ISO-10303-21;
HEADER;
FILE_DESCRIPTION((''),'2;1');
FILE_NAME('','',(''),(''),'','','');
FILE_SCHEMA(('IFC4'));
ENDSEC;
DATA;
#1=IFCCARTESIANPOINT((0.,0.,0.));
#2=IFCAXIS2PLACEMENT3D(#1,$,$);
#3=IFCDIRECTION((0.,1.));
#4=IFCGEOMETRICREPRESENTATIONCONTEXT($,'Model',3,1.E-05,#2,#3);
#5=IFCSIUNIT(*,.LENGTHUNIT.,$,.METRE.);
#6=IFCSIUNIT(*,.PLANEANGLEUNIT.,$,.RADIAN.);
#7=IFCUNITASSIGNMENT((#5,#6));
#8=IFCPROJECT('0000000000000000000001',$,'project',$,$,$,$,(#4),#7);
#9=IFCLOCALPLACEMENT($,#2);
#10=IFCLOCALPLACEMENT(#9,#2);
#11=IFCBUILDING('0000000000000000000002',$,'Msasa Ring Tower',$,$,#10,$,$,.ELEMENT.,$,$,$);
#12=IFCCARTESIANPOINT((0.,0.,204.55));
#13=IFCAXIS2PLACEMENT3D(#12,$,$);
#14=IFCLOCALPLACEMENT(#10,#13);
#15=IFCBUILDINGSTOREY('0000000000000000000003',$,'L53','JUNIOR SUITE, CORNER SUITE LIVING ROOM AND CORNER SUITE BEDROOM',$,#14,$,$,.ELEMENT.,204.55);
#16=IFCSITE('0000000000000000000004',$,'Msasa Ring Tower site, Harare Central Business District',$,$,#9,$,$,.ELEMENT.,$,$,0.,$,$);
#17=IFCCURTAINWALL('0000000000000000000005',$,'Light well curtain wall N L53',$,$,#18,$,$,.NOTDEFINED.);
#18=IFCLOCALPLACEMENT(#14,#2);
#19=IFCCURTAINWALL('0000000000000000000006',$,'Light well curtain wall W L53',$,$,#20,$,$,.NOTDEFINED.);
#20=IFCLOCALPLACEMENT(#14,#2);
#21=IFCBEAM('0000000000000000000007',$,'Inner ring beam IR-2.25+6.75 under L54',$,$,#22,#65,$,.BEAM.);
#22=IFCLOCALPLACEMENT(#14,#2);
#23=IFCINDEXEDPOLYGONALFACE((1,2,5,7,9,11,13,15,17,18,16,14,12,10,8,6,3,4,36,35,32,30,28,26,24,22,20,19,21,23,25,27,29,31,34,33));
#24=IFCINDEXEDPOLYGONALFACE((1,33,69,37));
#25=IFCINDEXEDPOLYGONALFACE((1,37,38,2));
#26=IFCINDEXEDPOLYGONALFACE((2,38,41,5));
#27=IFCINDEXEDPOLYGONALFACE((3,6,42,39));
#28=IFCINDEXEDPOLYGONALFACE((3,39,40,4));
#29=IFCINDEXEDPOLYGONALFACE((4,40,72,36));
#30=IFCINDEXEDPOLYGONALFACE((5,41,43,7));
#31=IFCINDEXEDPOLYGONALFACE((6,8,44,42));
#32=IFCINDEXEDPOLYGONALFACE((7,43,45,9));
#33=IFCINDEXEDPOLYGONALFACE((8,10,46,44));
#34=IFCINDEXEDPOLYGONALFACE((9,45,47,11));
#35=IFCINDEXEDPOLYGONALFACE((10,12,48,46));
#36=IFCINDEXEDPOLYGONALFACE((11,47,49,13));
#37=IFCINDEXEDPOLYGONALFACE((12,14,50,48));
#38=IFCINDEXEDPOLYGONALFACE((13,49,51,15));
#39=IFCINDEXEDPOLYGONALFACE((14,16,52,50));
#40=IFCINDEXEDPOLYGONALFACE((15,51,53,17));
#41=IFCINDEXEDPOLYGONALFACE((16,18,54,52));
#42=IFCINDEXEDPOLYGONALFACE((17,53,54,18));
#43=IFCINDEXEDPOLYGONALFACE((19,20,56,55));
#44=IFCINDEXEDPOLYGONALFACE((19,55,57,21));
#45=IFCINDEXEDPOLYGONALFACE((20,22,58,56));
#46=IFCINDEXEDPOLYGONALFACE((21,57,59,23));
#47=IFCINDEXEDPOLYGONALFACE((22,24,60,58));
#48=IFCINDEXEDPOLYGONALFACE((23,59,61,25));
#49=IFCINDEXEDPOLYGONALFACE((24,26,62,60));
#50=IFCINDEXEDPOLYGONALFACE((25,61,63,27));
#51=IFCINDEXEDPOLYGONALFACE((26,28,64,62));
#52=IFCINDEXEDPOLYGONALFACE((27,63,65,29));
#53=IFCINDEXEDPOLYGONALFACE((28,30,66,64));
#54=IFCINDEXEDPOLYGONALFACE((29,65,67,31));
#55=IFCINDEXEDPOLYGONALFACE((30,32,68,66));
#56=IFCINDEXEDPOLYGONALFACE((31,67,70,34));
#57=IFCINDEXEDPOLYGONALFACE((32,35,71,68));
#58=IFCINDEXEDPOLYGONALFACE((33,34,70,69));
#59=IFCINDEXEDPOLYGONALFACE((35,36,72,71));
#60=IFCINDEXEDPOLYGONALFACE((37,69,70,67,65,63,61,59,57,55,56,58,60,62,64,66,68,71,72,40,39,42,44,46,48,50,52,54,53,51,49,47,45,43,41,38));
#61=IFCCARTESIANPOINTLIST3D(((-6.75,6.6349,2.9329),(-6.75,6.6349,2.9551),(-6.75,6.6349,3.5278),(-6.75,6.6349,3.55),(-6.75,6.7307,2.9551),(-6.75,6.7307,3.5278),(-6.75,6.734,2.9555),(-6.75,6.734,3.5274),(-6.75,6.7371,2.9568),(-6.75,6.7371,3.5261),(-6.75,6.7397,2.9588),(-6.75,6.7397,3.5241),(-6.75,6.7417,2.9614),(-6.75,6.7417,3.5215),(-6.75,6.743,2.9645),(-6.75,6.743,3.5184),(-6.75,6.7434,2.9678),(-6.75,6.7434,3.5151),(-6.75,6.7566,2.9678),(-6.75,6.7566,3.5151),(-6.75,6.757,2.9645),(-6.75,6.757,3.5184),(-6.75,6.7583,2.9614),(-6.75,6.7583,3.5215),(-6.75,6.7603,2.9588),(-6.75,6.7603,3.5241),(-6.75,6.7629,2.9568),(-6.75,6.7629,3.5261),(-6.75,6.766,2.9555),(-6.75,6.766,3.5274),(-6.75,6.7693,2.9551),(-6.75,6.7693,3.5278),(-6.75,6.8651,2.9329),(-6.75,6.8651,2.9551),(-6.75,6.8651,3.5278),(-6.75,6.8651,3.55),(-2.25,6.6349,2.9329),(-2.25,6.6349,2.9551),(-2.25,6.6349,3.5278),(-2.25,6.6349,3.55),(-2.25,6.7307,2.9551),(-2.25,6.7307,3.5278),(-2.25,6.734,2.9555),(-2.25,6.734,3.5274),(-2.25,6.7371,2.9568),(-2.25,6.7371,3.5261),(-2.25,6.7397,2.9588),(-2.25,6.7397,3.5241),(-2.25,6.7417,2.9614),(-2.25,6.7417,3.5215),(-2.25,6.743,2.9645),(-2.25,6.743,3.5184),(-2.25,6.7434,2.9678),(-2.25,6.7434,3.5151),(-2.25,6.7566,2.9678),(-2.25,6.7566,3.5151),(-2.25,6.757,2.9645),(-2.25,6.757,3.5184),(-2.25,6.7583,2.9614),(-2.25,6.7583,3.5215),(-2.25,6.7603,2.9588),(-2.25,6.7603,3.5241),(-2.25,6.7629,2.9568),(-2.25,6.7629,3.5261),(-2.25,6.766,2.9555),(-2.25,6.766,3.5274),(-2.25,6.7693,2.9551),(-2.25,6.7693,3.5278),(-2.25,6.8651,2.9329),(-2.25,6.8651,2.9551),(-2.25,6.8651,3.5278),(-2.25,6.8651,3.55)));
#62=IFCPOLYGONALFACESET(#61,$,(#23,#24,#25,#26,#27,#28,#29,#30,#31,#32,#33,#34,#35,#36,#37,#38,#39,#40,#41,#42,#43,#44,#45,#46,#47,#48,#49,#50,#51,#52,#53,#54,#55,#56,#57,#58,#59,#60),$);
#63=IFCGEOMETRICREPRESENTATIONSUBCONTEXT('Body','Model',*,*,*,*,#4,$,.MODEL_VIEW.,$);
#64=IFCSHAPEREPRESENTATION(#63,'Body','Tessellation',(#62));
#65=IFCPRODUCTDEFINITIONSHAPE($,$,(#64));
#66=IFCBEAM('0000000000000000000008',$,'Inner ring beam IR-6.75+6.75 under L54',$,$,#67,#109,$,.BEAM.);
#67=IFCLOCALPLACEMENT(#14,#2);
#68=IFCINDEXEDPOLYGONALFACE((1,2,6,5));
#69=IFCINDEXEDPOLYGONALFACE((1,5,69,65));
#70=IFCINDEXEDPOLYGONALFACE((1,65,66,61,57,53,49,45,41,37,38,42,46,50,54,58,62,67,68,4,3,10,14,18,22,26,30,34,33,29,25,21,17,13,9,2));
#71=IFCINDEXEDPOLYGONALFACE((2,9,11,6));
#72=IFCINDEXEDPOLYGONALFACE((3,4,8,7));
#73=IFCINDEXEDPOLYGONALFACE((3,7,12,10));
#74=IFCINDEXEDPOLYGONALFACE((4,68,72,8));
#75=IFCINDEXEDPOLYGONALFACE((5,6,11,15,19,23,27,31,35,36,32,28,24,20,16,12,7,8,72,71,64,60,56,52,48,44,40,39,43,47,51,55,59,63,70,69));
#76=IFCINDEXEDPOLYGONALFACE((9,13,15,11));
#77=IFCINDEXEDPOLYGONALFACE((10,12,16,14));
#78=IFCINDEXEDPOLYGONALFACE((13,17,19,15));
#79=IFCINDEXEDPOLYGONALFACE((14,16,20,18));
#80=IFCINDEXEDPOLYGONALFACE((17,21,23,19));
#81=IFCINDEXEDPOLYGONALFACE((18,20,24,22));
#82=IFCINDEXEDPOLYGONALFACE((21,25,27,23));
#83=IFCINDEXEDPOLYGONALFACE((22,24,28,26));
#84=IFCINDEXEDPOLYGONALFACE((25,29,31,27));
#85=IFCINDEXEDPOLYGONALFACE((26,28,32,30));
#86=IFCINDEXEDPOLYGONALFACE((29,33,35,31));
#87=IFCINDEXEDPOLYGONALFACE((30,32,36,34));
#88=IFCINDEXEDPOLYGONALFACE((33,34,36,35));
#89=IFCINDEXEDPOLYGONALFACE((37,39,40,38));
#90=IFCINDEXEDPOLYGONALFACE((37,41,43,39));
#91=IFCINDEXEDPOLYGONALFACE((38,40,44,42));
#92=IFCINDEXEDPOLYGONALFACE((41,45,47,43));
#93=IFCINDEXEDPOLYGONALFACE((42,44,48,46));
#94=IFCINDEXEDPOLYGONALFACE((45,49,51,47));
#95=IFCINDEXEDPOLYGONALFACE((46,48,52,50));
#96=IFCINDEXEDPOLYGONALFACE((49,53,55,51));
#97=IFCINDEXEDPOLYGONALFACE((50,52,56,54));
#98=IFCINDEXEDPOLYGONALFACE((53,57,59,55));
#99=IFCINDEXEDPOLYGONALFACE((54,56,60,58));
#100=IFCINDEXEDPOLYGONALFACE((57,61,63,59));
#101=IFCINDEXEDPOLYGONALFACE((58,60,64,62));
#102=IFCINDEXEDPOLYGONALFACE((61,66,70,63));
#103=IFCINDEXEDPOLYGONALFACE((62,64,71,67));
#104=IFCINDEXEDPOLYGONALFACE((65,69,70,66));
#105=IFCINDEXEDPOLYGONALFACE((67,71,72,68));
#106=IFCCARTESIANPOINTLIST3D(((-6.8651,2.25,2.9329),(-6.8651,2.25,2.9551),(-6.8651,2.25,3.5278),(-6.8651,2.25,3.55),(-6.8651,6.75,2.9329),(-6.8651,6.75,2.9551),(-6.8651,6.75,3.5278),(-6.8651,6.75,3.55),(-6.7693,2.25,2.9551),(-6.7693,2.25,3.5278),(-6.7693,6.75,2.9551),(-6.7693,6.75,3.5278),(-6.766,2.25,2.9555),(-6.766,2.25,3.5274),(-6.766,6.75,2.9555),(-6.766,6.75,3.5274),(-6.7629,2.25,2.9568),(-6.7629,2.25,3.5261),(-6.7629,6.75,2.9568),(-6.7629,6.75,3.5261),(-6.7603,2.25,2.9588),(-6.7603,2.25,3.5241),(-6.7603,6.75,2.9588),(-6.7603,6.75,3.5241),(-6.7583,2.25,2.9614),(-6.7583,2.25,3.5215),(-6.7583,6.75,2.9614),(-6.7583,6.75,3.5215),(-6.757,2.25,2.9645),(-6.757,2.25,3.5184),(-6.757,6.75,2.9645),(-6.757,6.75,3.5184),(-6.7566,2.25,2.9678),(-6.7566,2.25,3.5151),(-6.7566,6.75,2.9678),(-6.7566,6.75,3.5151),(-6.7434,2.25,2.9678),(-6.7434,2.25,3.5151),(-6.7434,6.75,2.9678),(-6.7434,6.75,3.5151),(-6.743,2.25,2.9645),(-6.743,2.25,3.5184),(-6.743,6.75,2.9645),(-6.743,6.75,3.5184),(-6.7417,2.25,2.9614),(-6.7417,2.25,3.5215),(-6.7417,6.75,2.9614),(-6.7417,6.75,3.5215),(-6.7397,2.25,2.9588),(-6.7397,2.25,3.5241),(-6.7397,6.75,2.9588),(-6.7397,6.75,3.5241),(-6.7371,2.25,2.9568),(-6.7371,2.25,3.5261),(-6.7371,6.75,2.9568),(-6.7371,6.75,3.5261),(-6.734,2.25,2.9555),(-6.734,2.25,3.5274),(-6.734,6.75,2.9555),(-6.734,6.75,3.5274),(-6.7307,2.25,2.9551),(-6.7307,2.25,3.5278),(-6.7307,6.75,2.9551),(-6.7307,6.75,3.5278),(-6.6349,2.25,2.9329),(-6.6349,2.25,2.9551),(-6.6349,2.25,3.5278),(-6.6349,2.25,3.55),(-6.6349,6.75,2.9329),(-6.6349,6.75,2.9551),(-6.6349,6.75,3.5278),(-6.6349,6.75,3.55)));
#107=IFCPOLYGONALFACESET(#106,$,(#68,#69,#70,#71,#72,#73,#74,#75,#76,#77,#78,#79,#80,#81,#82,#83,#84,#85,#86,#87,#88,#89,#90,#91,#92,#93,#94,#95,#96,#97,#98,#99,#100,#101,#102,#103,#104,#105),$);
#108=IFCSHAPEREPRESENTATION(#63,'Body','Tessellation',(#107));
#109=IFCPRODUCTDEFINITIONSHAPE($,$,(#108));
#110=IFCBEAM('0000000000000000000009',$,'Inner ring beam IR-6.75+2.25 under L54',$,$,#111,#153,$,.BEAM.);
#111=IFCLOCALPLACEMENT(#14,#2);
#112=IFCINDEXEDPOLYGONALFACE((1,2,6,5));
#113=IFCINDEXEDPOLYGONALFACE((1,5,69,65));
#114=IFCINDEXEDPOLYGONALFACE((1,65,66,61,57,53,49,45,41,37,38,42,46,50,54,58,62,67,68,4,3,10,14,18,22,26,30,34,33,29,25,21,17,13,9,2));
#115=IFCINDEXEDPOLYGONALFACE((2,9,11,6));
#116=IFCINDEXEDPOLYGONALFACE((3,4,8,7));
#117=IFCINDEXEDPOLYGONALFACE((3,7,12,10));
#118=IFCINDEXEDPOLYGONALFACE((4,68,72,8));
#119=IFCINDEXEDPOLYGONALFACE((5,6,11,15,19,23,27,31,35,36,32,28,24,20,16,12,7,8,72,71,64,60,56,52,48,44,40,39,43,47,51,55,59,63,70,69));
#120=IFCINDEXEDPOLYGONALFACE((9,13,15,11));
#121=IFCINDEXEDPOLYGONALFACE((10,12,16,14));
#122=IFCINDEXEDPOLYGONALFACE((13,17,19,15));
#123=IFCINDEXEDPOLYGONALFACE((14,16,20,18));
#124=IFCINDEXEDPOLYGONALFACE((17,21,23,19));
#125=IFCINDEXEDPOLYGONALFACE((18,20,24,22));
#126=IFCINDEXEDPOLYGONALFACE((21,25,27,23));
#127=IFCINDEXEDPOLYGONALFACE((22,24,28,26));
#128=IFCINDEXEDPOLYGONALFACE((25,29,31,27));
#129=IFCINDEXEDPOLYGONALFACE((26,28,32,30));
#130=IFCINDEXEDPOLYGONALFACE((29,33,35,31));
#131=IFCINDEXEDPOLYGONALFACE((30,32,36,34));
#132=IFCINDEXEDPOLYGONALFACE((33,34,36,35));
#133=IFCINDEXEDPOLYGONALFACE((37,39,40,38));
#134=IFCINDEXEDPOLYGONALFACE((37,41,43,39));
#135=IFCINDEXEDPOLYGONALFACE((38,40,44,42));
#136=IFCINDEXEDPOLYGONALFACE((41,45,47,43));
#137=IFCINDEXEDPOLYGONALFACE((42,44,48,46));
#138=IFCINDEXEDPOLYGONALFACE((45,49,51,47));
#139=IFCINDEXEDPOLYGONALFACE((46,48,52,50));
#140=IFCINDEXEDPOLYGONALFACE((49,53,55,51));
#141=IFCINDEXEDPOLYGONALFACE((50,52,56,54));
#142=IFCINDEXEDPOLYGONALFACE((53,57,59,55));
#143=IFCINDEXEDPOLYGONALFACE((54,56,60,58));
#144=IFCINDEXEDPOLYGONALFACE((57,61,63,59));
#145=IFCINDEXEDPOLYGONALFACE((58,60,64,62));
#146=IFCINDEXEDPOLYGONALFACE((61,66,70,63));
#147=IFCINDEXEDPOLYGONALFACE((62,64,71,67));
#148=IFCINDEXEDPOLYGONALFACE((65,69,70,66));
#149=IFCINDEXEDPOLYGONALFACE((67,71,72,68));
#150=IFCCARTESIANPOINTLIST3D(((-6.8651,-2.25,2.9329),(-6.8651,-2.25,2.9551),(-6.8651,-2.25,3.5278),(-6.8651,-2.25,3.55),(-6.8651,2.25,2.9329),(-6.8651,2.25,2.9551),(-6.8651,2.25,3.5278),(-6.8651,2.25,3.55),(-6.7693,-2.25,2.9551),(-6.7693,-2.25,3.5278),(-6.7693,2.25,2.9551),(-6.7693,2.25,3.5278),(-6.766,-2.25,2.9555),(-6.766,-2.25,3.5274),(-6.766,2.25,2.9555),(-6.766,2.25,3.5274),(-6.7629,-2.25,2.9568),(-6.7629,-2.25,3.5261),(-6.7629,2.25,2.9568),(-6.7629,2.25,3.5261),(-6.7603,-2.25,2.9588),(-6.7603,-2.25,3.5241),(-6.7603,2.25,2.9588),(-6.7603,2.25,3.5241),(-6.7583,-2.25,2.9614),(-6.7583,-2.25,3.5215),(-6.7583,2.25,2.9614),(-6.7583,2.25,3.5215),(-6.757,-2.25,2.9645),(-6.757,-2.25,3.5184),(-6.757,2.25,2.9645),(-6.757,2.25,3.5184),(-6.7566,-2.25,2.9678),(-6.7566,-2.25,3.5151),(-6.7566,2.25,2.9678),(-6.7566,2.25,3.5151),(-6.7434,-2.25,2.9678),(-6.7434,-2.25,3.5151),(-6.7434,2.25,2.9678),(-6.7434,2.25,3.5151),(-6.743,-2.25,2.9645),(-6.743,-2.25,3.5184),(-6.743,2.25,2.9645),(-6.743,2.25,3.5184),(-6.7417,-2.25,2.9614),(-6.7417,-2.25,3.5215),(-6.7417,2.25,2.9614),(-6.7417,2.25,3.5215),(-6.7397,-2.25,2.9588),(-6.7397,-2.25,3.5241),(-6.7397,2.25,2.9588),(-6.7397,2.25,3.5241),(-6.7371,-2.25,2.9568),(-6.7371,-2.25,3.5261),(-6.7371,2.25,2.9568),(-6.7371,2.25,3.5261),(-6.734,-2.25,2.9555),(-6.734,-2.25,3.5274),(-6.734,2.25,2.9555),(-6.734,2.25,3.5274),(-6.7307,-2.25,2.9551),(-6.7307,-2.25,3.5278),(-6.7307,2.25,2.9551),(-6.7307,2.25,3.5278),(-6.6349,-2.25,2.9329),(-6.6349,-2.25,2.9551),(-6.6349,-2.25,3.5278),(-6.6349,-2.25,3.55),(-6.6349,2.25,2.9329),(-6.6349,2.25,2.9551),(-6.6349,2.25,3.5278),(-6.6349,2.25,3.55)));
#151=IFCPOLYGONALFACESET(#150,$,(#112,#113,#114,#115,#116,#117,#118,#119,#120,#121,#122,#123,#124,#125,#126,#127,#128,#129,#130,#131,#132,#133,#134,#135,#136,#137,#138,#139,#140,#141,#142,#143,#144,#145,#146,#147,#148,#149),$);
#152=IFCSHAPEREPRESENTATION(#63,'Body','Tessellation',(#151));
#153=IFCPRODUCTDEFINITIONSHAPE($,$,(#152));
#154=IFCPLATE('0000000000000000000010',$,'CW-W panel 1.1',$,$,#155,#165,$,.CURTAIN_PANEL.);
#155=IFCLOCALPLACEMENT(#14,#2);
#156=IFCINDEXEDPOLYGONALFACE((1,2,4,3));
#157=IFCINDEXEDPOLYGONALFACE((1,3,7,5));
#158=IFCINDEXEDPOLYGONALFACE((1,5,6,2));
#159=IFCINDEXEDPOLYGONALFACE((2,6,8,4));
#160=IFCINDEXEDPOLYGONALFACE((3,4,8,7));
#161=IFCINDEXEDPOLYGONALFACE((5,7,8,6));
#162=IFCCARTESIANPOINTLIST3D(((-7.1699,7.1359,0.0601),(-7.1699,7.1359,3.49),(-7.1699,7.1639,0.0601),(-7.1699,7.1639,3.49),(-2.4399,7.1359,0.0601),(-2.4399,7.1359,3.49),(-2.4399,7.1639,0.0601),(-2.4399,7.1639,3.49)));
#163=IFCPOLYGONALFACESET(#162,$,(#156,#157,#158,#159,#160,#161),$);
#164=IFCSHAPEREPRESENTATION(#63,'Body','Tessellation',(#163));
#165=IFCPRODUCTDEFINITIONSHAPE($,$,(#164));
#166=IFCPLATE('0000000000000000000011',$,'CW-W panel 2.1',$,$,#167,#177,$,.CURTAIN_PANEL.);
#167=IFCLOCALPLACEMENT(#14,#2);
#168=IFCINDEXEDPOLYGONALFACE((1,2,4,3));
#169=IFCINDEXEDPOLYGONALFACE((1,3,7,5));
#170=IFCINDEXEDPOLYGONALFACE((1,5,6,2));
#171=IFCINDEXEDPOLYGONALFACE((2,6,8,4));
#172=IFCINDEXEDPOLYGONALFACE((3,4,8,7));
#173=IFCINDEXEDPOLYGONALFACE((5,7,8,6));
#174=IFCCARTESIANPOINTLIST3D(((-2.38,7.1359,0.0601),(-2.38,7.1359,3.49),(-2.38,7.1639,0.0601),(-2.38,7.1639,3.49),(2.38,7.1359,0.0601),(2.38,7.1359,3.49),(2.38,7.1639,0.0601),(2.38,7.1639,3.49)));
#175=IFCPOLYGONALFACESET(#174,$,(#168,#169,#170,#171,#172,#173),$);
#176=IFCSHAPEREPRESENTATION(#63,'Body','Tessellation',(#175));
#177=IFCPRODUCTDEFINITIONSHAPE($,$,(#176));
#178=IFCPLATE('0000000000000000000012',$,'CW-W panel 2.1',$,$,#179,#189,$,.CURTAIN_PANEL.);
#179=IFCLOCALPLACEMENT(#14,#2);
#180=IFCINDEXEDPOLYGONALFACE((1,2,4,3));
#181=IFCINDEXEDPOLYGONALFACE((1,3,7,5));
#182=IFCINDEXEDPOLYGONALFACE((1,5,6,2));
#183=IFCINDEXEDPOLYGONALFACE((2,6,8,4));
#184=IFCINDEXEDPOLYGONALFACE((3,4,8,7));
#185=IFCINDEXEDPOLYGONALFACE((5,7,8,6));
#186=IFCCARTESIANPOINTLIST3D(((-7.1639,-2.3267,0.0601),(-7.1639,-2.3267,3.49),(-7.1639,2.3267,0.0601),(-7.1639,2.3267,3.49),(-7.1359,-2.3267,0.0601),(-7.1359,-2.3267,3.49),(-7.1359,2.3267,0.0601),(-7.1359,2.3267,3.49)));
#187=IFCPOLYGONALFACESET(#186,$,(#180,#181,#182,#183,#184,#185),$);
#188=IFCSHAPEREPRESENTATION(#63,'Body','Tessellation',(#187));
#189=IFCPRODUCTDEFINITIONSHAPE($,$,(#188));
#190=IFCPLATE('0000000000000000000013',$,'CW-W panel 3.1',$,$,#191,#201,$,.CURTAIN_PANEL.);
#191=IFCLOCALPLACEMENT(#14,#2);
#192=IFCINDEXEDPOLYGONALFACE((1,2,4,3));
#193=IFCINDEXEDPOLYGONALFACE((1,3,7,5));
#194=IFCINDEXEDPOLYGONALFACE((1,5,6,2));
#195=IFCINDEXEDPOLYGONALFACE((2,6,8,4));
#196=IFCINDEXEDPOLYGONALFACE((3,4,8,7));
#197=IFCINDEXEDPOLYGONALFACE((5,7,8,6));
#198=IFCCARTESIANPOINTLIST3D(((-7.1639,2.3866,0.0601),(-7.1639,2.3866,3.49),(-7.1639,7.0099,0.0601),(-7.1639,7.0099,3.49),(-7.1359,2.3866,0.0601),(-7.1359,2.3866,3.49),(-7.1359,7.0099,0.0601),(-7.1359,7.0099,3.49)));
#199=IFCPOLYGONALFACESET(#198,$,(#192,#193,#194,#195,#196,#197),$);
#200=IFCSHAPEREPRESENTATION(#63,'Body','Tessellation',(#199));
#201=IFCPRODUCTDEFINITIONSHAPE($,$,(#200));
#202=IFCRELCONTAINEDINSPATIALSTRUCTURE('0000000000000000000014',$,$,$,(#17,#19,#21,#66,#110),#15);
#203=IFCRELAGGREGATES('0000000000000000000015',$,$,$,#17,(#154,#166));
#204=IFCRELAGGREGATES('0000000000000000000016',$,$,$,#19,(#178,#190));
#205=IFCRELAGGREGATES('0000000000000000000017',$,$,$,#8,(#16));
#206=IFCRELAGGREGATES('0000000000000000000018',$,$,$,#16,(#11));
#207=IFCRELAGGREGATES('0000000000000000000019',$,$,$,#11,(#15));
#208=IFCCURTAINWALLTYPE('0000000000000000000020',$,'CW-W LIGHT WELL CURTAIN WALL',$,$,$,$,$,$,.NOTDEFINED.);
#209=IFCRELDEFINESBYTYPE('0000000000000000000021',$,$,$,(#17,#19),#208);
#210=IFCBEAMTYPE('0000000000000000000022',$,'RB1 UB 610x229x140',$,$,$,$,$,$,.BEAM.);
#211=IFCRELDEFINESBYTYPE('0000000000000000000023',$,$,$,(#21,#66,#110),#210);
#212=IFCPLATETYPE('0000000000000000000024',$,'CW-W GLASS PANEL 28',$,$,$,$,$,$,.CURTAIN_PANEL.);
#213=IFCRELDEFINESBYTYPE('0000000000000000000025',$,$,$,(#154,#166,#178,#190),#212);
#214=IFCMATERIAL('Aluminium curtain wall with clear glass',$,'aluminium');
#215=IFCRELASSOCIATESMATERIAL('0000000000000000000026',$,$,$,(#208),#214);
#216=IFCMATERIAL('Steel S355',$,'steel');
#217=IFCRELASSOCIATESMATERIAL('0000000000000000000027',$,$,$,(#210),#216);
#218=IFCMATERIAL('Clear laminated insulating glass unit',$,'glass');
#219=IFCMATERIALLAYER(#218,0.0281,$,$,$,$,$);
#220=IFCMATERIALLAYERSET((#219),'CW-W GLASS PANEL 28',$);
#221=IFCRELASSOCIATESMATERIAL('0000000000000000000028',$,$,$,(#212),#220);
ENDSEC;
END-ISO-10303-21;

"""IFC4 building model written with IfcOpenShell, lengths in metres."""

from ifc_helpers import new_model, si_unit, direction, frame, origin, origin_2d, place, context, subcontext, project, spatial, rectangle, i_section, extrude, material, layer, layer_set, material_profile, profile_set, type_object, element, aggregate, save


model = new_model("IFC4")

# Units and contexts
model_context = context("Model", 3, precision=1e-05, world=origin(), true_north=direction((0.0, 1.0)))
body_context = subcontext(model_context, "Body", "Model", "MODEL_VIEW")
ifc_project = project(units=[si_unit("LENGTHUNIT", "METRE"), si_unit("PLANEANGLEUNIT", "RADIAN")], contexts=[model_context])

# Site, building, storey
site_placement = place(None, origin())
site = spatial("IfcSite", under=ifc_project, at=site_placement, Name="Msasa Ring Tower site, Harare Central Business District", CompositionType="ELEMENT", RefElevation=0.0)
building_placement = place(site_placement, origin())
building = spatial("IfcBuilding", under=site, at=building_placement, Name="Msasa Ring Tower", CompositionType="ELEMENT")
storey_placement = place(building_placement, frame((0.0, 0.0, 204.55)))
storey = spatial("IfcBuildingStorey", under=building, at=storey_placement, Name="L53", Description="JUNIOR SUITE, CORNER SUITE LIVING ROOM AND CORNER SUITE BEDROOM", CompositionType="ELEMENT", Elevation=204.55)

# Curtain wall
ifc_material_1 = material(Name="Aluminium curtain wall with clear glass", Category="aluminium")
curtain_wall_type = type_object("IfcCurtainWallType", Name="CW-W LIGHT WELL CURTAIN WALL", PredefinedType="NOTDEFINED", material=ifc_material_1)
curtain_wall_1_placement = place(storey_placement, origin())
curtain_wall_1 = element("IfcCurtainWall", 1, at=curtain_wall_1_placement, inside=storey, type_object=curtain_wall_type, Name="Light well curtain wall N L53", PredefinedType="NOTDEFINED")

# Curtain wall
curtain_wall_2_placement = place(storey_placement, origin())
curtain_wall_2 = element("IfcCurtainWall", 2, at=curtain_wall_2_placement, inside=storey, type_object=curtain_wall_type, Name="Light well curtain wall W L53", PredefinedType="NOTDEFINED")

# Beams
ifc_material_2 = material(Name="Steel S355", Category="steel")
ifc_material_profile_1 = material_profile(ifc_material_2, i_section(OverallWidth=0.2302, OverallDepth=0.6172, WebThickness=0.0132, FlangeThickness=0.0222, FilletRadius=0.0127, at=origin_2d()), Name="UB 610x229x140")
ifc_profile_set_1 = profile_set([ifc_material_profile_1], Name="Steel S355")
beam_type = type_object("IfcBeamType", Name="RB1 UB 610x229x140", PredefinedType="BEAM", material=ifc_profile_set_1)
for number, where, z_axis, x_axis, name in (
    (3, (-2.25, 6.75, 3.2415), (-1.0, 0.0, 0.0), (0.0, -1.0, 0.0), "Inner ring beam IR-2.25+6.75 under L54"),
    (4, (-6.75, 6.75, 3.2415), (0.0, -1.0, 0.0), (1.0, 0.0, 0.0), "Inner ring beam IR-6.75+6.75 under L54"),
    (5, (-6.75, 2.25, 3.2415), (0.0, -1.0, 0.0), (1.0, 0.0, 0.0), "Inner ring beam IR-6.75+2.25 under L54"),
):
    element("IfcBeam", number, at=place(storey_placement, frame(where, z_axis=z_axis, x_axis=x_axis)), inside=storey, type_object=beam_type, Name=name, PredefinedType="BEAM", context=body_context, shape_type="SweptSolid", body=[
        extrude(i_section(OverallWidth=0.2302, OverallDepth=0.6172, WebThickness=0.0132, FlangeThickness=0.0222, FilletRadius=0.0127, at=origin_2d()), origin(), (0.0, 0.0, 1.0), 4.5),
    ])

# Plates
ifc_material_3 = material(Name="Clear laminated insulating glass unit", Category="glass")
ifc_layer_1 = layer(ifc_material_3, 0.0281)
ifc_layer_set_1 = layer_set([ifc_layer_1], Name="CW-W GLASS PANEL 28")
plate_type = type_object("IfcPlateType", Name="CW-W GLASS PANEL 28", PredefinedType="CURTAIN_PANEL", material=ifc_layer_set_1)
plate_1_placement = place(storey_placement, frame((-4.8049, 7.1499, 0.0601), z_axis=(0.0, 0.0, 1.0), x_axis=(1.0, 0.0, 0.0)))
plate_1 = element("IfcPlate", 6, at=plate_1_placement, type_object=plate_type, Name="CW-W panel 1.1", PredefinedType="CURTAIN_PANEL", context=body_context, shape_type="SweptSolid", body=[
    extrude(rectangle(XDim=4.73, YDim=0.0281, at=origin_2d()), origin(), (0.0, 0.0, 1.0), 3.4299),
])
plate_2_placement = place(storey_placement, frame((0.0, 7.1499, 0.0601), z_axis=(0.0, 0.0, 1.0), x_axis=(1.0, 0.0, 0.0)))
plate_2 = element("IfcPlate", 7, at=plate_2_placement, type_object=plate_type, Name="CW-W panel 2.1", PredefinedType="CURTAIN_PANEL", context=body_context, shape_type="SweptSolid", body=[
    extrude(rectangle(XDim=4.76, YDim=0.0281, at=origin_2d()), origin(), (0.0, 0.0, 1.0), 3.4299),
])
aggregate(curtain_wall_1, [plate_1, plate_2])
plate_3_placement = place(storey_placement, frame((-7.1499, 0.0, 0.0601), z_axis=(0.0, 0.0, 1.0), x_axis=(0.0, 1.0, 0.0)))
plate_3 = element("IfcPlate", 8, at=plate_3_placement, type_object=plate_type, Name="CW-W panel 2.1", PredefinedType="CURTAIN_PANEL", context=body_context, shape_type="SweptSolid", body=[
    extrude(rectangle(XDim=4.6533, YDim=0.0281, at=origin_2d()), origin(), (0.0, 0.0, 1.0), 3.4299),
])
plate_4_placement = place(storey_placement, frame((-7.1499, 4.6982, 0.0601), z_axis=(0.0, 0.0, 1.0), x_axis=(0.0, 1.0, 0.0)))
plate_4 = element("IfcPlate", 9, at=plate_4_placement, type_object=plate_type, Name="CW-W panel 3.1", PredefinedType="CURTAIN_PANEL", context=body_context, shape_type="SweptSolid", body=[
    extrude(rectangle(XDim=4.6233, YDim=0.0281, at=origin_2d()), origin(), (0.0, 0.0, 1.0), 3.4299),
])
aggregate(curtain_wall_2, [plate_3, plate_4])

save(model, "model.ifc")
